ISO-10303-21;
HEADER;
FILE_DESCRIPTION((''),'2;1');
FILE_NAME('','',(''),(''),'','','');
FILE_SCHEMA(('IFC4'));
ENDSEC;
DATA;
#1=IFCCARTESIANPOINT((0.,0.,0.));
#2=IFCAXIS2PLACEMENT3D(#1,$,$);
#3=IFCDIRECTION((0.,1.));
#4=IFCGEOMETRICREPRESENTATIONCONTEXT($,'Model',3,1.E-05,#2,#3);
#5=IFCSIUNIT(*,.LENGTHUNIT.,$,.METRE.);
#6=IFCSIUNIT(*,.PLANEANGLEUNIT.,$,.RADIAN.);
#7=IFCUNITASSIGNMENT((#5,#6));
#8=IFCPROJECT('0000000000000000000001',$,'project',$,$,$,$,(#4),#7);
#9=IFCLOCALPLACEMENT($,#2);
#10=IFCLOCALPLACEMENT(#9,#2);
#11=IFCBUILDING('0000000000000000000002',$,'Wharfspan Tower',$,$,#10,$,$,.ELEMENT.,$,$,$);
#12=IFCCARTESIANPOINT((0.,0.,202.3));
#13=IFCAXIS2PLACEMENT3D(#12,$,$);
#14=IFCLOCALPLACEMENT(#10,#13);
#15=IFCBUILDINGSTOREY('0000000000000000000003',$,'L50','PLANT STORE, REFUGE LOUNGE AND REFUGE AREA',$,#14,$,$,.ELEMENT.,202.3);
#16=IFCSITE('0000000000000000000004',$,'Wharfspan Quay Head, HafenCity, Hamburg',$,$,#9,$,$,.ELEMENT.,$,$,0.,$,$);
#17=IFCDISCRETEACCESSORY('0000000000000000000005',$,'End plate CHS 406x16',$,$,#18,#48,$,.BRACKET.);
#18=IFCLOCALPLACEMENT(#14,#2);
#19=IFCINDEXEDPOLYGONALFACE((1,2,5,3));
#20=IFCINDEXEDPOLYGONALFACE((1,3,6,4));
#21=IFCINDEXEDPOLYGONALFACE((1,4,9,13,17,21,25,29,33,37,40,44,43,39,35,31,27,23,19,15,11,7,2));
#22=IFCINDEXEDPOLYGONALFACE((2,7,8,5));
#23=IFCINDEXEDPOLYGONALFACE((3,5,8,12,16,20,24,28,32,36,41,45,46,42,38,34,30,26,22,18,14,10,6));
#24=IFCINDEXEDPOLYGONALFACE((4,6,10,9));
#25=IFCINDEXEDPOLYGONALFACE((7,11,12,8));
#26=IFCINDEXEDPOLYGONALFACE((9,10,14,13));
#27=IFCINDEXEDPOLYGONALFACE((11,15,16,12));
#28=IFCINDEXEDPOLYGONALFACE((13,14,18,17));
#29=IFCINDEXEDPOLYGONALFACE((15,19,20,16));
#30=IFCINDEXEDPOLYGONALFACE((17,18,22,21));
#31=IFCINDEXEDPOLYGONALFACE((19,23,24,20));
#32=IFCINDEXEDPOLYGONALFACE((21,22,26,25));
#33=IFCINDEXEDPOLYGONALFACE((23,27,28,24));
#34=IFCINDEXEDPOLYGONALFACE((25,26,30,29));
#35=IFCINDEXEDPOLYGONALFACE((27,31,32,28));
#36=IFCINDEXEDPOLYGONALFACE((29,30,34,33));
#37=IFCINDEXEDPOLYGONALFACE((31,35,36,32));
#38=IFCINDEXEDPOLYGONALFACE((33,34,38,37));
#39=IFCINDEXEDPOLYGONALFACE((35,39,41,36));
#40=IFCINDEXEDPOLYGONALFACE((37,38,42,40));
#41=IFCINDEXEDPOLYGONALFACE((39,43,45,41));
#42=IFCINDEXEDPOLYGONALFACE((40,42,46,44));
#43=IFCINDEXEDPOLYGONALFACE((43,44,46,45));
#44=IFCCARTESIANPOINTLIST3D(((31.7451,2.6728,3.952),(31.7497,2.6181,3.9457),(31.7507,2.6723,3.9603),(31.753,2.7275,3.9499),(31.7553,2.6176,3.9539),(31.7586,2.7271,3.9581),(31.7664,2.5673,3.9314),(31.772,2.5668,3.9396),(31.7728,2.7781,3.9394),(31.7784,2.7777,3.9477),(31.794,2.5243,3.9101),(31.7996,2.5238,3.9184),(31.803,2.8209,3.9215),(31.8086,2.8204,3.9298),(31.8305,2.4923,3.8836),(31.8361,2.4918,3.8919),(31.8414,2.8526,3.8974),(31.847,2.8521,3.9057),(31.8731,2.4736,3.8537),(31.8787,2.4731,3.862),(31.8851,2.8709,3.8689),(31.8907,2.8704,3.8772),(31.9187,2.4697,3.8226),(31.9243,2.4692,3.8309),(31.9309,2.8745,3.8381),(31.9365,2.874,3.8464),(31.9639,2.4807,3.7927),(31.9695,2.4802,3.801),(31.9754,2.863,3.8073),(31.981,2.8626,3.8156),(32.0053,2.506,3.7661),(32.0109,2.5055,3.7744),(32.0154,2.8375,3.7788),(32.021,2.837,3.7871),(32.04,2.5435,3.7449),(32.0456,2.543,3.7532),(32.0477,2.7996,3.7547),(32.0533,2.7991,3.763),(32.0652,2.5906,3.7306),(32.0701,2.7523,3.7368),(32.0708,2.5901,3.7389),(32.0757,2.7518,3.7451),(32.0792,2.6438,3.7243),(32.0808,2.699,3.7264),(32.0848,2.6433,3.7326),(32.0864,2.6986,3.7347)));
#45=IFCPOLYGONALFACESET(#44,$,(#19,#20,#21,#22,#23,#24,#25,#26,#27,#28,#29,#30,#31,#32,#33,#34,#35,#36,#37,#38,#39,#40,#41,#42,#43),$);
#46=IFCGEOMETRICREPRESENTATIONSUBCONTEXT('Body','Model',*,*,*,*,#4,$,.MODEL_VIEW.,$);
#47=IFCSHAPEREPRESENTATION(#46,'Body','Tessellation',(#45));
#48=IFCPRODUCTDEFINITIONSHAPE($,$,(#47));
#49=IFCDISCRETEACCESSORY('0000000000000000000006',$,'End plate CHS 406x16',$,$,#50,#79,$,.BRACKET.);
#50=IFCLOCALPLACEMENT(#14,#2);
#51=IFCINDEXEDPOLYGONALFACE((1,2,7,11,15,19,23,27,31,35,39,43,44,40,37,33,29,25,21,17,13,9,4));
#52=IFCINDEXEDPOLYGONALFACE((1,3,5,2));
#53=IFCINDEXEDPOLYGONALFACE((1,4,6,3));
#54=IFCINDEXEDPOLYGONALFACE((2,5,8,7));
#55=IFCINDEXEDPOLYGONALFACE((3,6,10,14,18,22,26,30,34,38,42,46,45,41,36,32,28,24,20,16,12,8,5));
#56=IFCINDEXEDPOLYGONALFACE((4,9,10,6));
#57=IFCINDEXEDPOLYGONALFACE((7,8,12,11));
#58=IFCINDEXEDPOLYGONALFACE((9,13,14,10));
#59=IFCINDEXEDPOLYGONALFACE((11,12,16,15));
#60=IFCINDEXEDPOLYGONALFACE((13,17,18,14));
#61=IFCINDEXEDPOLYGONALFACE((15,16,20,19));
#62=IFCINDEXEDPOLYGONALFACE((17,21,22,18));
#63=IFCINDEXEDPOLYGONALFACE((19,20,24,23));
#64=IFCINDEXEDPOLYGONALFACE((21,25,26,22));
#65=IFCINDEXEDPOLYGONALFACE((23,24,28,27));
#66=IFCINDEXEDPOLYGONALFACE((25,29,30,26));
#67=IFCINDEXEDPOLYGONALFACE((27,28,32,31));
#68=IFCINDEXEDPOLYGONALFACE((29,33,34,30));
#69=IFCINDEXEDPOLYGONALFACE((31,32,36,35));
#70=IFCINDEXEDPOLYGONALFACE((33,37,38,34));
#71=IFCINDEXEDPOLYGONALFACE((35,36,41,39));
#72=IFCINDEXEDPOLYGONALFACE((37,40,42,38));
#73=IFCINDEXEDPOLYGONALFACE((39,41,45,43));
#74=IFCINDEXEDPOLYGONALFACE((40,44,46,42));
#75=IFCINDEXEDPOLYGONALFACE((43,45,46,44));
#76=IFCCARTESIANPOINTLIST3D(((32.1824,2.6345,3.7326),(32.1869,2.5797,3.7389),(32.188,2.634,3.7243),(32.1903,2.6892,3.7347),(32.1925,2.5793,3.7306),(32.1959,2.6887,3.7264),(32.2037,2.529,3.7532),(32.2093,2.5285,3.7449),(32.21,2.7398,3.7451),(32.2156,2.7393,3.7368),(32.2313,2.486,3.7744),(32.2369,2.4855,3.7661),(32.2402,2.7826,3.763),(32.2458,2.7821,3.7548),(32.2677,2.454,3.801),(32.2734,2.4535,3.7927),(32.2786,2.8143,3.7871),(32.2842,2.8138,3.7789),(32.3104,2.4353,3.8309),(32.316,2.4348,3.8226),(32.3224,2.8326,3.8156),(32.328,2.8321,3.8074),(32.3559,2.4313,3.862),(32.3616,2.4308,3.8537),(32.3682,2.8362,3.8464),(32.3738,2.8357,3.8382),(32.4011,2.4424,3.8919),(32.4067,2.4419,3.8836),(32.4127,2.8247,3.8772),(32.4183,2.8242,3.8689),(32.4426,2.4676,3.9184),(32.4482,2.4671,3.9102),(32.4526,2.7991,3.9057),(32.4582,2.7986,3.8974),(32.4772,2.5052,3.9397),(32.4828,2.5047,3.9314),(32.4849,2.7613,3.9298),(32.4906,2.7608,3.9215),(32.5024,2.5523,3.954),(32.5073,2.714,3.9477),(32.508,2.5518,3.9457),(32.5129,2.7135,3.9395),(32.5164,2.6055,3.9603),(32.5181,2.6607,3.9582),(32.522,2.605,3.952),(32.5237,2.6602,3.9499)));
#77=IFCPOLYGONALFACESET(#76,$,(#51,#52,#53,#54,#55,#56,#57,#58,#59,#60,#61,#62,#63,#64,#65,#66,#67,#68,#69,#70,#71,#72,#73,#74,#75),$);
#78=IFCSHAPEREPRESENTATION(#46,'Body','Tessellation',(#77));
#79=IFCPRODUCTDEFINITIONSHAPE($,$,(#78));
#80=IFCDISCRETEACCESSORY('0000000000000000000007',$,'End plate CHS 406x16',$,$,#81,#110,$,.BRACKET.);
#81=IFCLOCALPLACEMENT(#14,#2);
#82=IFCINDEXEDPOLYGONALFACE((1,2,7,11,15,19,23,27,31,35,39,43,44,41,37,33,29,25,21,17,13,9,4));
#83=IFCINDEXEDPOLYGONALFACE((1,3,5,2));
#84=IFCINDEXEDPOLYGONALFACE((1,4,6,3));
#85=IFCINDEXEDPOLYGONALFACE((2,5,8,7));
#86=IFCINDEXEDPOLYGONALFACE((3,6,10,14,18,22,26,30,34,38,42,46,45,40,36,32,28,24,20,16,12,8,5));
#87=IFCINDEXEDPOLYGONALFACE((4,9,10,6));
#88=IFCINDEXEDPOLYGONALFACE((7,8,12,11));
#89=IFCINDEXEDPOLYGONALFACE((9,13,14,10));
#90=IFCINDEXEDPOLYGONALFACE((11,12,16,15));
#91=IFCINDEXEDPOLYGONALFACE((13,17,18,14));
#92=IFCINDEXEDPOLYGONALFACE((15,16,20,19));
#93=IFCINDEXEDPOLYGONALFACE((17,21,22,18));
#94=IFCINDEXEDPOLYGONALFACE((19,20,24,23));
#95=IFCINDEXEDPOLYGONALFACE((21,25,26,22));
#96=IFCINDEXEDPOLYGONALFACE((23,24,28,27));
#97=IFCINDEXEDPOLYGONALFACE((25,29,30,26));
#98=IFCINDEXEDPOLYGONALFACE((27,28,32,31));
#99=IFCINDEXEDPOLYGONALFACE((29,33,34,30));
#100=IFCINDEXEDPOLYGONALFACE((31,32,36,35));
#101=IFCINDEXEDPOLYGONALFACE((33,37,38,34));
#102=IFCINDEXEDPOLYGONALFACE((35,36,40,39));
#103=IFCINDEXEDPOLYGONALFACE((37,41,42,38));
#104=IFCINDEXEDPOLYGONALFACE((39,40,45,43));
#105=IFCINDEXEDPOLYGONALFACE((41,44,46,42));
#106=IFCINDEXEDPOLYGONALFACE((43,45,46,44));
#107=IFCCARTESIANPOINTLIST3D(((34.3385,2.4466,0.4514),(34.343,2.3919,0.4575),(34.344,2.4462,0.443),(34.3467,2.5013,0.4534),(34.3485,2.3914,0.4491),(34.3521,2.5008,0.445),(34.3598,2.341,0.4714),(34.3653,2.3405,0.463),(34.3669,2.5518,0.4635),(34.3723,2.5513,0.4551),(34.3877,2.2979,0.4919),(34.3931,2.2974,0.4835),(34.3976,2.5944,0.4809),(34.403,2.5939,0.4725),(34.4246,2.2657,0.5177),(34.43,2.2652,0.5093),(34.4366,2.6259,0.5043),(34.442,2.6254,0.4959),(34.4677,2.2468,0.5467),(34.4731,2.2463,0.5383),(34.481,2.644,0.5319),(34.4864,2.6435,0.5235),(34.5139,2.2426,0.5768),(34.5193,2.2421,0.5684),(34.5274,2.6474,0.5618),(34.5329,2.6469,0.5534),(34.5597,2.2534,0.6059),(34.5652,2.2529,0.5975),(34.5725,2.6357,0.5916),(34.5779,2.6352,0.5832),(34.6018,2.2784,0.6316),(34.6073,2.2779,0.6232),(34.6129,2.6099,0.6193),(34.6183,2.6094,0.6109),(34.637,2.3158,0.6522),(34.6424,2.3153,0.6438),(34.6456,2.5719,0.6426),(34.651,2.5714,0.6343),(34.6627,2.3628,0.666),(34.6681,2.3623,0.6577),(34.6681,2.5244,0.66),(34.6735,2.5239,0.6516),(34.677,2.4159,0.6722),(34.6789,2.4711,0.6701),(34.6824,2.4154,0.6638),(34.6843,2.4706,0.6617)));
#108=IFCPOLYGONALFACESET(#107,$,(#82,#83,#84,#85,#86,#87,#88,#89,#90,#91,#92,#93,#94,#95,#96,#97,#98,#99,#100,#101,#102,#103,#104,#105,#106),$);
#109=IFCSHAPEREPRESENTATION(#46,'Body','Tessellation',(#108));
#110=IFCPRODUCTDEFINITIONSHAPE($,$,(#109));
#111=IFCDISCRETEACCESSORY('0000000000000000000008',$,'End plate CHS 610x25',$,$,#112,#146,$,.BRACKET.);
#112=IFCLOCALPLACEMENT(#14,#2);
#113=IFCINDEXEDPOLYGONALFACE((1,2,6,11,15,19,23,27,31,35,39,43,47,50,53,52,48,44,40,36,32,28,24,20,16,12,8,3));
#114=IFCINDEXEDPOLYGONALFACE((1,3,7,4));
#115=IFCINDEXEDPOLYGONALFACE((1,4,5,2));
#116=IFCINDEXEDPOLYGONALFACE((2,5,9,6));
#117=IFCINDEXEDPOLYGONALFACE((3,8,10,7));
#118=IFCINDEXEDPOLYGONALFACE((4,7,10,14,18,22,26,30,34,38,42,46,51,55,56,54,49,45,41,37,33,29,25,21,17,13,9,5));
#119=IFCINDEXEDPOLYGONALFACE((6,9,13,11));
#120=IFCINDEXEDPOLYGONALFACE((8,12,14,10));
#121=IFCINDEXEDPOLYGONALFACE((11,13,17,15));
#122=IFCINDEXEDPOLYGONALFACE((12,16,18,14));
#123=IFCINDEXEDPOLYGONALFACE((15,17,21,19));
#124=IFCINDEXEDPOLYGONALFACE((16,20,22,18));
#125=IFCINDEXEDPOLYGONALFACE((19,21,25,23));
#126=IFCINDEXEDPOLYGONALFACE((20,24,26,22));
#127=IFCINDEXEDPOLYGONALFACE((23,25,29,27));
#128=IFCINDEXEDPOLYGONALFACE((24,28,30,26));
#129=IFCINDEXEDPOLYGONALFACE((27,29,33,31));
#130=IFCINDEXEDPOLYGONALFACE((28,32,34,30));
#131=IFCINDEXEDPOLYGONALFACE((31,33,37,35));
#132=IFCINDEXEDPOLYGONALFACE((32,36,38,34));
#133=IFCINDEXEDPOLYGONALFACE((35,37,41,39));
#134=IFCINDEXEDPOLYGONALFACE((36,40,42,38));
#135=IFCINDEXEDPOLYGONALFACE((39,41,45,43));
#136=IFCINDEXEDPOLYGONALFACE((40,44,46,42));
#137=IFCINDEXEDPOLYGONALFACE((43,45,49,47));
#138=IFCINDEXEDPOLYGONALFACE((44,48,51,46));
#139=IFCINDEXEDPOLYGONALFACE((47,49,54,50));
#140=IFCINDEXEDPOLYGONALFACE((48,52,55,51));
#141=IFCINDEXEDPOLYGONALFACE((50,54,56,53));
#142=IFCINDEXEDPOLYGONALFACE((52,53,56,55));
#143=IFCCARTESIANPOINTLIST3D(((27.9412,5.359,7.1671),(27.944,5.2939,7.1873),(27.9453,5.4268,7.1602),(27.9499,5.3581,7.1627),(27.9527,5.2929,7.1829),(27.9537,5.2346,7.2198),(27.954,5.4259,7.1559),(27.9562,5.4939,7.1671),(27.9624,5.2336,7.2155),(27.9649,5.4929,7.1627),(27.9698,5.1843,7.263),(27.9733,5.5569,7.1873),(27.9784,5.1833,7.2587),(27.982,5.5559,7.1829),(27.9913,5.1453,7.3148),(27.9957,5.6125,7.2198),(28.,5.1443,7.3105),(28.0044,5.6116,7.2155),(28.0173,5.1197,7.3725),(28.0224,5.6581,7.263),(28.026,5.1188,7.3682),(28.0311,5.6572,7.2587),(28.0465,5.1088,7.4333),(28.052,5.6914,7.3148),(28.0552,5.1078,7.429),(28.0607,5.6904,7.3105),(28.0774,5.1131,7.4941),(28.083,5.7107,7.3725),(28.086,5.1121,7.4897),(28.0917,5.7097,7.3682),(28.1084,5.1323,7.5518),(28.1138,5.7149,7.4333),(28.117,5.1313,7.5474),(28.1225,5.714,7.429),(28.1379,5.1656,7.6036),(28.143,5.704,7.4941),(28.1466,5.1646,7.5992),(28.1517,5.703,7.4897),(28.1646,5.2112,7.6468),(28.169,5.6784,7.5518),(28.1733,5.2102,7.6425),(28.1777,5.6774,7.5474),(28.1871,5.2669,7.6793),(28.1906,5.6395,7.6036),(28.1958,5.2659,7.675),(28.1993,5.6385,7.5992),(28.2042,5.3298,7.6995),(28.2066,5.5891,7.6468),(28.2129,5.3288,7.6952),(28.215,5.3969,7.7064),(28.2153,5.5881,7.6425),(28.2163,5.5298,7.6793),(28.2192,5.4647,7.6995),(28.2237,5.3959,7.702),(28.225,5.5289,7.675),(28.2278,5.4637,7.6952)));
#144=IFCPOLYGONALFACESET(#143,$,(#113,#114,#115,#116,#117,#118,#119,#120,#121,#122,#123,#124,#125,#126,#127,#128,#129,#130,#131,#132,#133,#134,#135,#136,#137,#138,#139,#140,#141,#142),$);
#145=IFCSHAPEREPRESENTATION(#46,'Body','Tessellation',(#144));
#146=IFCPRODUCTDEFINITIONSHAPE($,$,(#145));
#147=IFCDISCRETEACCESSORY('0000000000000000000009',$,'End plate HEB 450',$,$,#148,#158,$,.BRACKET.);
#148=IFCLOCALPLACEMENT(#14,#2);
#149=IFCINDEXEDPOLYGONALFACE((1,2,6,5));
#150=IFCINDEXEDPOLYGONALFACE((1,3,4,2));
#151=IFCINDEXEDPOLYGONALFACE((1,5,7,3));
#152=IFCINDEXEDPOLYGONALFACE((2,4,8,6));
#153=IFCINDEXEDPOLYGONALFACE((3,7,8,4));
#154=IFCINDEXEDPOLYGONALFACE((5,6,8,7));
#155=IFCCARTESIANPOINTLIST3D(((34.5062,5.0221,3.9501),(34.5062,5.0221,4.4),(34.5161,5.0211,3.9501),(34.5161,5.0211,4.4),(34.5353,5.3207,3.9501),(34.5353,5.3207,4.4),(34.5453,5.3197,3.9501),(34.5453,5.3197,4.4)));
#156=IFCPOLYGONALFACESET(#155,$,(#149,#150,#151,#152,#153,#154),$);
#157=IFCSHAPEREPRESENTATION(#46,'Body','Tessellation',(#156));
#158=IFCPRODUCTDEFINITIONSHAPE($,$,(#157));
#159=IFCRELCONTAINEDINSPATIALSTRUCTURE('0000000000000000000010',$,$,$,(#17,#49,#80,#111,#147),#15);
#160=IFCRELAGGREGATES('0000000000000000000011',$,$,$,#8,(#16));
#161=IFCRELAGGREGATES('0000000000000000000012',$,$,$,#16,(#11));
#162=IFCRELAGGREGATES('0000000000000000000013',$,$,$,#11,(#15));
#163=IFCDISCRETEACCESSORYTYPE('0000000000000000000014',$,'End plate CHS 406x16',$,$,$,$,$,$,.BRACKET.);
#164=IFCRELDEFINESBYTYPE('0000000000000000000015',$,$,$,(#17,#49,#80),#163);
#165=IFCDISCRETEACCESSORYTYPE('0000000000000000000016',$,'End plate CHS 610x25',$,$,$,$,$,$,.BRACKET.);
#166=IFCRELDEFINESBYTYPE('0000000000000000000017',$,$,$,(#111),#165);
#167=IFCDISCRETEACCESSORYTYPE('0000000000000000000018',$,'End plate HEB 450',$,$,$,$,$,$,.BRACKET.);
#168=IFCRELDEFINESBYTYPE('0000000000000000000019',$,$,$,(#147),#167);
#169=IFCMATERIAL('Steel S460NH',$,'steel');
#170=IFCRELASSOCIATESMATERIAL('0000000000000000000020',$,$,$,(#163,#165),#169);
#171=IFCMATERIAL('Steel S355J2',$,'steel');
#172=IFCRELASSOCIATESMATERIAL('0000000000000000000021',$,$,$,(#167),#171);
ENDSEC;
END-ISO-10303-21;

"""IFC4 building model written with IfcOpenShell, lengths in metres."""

from ifc_helpers import new_model, si_unit, direction, frame, origin, origin_2d, place, context, subcontext, project, spatial, rectangle, circle, extrude, material, material_profile, profile_set, type_object, element, save


model = new_model("IFC4")

# Units and contexts
model_context = context("Model", 3, precision=1e-05, world=origin(), true_north=direction((0.0, 1.0)))
body_context = subcontext(model_context, "Body", "Model", "MODEL_VIEW")
ifc_project = project(units=[si_unit("LENGTHUNIT", "METRE"), si_unit("PLANEANGLEUNIT", "RADIAN")], contexts=[model_context])

# Site, building, storey
site_placement = place(None, origin())
site = spatial("IfcSite", under=ifc_project, at=site_placement, Name="Wharfspan Quay Head, HafenCity, Hamburg", CompositionType="ELEMENT", RefElevation=0.0)
building_placement = place(site_placement, origin())
building = spatial("IfcBuilding", under=site, at=building_placement, Name="Wharfspan Tower", CompositionType="ELEMENT")
storey_placement = place(building_placement, frame((0.0, 0.0, 202.3)))
storey = spatial("IfcBuildingStorey", under=building, at=storey_placement, Name="L50", Description="PLANT STORE, REFUGE LOUNGE AND REFUGE AREA", CompositionType="ELEMENT", Elevation=202.3)

# Shared definitions
ifc_material_1 = material(Name="Steel S460NH", Category="steel")

# Shared definitions
ifc_material_2 = material(Name="Steel S355J2", Category="steel")

# Discrete accessories
ifc_material_profile_1 = material_profile(ifc_material_1, circle(Radius=0.2031, at=origin_2d()))
ifc_profile_set_1 = profile_set([ifc_material_profile_1], Name="Steel S460NH")
discrete_accessory_type_1 = type_object("IfcDiscreteAccessoryType", Name="End plate CHS 406x16", PredefinedType="BRACKET", material=ifc_profile_set_1)
for number, where, z_axis, x_axis, name in (
    (1, (31.9133, 2.6721, 3.8381), (0.559645, -0.048665, 0.827302), (0.086627, 0.99624, 0.000002), "End plate CHS 406x16"),
    (2, (32.3506, 2.6338, 3.8464), (0.559645, -0.048665, -0.827302), (0.086627, 0.99624, -0.000002), "End plate CHS 406x16"),
    (3, (34.509, 2.4451, 0.5618), (0.54259, -0.049326, -0.838548), (0.090535, 0.995892, 0.0), "End plate CHS 406x16"),
):
    element("IfcDiscreteAccessory", number, at=place(storey_placement, frame(where, z_axis=z_axis, x_axis=x_axis)), inside=storey, type_object=discrete_accessory_type_1, Name=name, PredefinedType="BRACKET", context=body_context, shape_type="SweptSolid", body=[
        extrude(circle(Radius=0.2031, at=origin_2d()), origin(), (0.0, 0.0, 1.0), 0.01),
    ])
ifc_material_profile_2 = material_profile(ifc_material_1, circle(Radius=0.3049, at=origin_2d()))
ifc_profile_set_2 = profile_set([ifc_material_profile_2], Name="Steel S460NH")
discrete_accessory_type_2 = type_object("IfcDiscreteAccessoryType", Name="End plate CHS 610x25", PredefinedType="BRACKET", material=ifc_profile_set_2)
discrete_accessory_1_placement = place(storey_placement, frame((28.0889, 5.4109, 7.429), z_axis=(-0.890043, 0.098894, 0.445021), x_axis=(-0.110431, -0.99388, 0.000001)))
element("IfcDiscreteAccessory", 4, at=discrete_accessory_1_placement, inside=storey, type_object=discrete_accessory_type_2, Name="End plate CHS 610x25", PredefinedType="BRACKET", context=body_context, shape_type="SweptSolid", body=[
    extrude(circle(Radius=0.3049, at=origin_2d()), origin(), (0.0, 0.0, 1.0), 0.0098),
])
ifc_material_profile_3 = material_profile(ifc_material_2, rectangle(XDim=0.3, YDim=0.45, at=origin_2d()))
ifc_profile_set_3 = profile_set([ifc_material_profile_3], Name="Steel S355J2")
discrete_accessory_type_3 = type_object("IfcDiscreteAccessoryType", Name="End plate HEB 450", PredefinedType="BRACKET", material=ifc_profile_set_3)
discrete_accessory_2_placement = place(storey_placement, frame((34.5208, 5.1714, 4.175), z_axis=(0.995275, -0.0971, 0.0), x_axis=(0.0971, 0.995275, 0.0)))
element("IfcDiscreteAccessory", 5, at=discrete_accessory_2_placement, inside=storey, type_object=discrete_accessory_type_3, Name="End plate HEB 450", PredefinedType="BRACKET", context=body_context, shape_type="SweptSolid", body=[
    extrude(rectangle(XDim=0.3, YDim=0.45, at=origin_2d()), origin(), (0.0, 0.0, 1.0), 0.01),
])

save(model, "model.ifc")
